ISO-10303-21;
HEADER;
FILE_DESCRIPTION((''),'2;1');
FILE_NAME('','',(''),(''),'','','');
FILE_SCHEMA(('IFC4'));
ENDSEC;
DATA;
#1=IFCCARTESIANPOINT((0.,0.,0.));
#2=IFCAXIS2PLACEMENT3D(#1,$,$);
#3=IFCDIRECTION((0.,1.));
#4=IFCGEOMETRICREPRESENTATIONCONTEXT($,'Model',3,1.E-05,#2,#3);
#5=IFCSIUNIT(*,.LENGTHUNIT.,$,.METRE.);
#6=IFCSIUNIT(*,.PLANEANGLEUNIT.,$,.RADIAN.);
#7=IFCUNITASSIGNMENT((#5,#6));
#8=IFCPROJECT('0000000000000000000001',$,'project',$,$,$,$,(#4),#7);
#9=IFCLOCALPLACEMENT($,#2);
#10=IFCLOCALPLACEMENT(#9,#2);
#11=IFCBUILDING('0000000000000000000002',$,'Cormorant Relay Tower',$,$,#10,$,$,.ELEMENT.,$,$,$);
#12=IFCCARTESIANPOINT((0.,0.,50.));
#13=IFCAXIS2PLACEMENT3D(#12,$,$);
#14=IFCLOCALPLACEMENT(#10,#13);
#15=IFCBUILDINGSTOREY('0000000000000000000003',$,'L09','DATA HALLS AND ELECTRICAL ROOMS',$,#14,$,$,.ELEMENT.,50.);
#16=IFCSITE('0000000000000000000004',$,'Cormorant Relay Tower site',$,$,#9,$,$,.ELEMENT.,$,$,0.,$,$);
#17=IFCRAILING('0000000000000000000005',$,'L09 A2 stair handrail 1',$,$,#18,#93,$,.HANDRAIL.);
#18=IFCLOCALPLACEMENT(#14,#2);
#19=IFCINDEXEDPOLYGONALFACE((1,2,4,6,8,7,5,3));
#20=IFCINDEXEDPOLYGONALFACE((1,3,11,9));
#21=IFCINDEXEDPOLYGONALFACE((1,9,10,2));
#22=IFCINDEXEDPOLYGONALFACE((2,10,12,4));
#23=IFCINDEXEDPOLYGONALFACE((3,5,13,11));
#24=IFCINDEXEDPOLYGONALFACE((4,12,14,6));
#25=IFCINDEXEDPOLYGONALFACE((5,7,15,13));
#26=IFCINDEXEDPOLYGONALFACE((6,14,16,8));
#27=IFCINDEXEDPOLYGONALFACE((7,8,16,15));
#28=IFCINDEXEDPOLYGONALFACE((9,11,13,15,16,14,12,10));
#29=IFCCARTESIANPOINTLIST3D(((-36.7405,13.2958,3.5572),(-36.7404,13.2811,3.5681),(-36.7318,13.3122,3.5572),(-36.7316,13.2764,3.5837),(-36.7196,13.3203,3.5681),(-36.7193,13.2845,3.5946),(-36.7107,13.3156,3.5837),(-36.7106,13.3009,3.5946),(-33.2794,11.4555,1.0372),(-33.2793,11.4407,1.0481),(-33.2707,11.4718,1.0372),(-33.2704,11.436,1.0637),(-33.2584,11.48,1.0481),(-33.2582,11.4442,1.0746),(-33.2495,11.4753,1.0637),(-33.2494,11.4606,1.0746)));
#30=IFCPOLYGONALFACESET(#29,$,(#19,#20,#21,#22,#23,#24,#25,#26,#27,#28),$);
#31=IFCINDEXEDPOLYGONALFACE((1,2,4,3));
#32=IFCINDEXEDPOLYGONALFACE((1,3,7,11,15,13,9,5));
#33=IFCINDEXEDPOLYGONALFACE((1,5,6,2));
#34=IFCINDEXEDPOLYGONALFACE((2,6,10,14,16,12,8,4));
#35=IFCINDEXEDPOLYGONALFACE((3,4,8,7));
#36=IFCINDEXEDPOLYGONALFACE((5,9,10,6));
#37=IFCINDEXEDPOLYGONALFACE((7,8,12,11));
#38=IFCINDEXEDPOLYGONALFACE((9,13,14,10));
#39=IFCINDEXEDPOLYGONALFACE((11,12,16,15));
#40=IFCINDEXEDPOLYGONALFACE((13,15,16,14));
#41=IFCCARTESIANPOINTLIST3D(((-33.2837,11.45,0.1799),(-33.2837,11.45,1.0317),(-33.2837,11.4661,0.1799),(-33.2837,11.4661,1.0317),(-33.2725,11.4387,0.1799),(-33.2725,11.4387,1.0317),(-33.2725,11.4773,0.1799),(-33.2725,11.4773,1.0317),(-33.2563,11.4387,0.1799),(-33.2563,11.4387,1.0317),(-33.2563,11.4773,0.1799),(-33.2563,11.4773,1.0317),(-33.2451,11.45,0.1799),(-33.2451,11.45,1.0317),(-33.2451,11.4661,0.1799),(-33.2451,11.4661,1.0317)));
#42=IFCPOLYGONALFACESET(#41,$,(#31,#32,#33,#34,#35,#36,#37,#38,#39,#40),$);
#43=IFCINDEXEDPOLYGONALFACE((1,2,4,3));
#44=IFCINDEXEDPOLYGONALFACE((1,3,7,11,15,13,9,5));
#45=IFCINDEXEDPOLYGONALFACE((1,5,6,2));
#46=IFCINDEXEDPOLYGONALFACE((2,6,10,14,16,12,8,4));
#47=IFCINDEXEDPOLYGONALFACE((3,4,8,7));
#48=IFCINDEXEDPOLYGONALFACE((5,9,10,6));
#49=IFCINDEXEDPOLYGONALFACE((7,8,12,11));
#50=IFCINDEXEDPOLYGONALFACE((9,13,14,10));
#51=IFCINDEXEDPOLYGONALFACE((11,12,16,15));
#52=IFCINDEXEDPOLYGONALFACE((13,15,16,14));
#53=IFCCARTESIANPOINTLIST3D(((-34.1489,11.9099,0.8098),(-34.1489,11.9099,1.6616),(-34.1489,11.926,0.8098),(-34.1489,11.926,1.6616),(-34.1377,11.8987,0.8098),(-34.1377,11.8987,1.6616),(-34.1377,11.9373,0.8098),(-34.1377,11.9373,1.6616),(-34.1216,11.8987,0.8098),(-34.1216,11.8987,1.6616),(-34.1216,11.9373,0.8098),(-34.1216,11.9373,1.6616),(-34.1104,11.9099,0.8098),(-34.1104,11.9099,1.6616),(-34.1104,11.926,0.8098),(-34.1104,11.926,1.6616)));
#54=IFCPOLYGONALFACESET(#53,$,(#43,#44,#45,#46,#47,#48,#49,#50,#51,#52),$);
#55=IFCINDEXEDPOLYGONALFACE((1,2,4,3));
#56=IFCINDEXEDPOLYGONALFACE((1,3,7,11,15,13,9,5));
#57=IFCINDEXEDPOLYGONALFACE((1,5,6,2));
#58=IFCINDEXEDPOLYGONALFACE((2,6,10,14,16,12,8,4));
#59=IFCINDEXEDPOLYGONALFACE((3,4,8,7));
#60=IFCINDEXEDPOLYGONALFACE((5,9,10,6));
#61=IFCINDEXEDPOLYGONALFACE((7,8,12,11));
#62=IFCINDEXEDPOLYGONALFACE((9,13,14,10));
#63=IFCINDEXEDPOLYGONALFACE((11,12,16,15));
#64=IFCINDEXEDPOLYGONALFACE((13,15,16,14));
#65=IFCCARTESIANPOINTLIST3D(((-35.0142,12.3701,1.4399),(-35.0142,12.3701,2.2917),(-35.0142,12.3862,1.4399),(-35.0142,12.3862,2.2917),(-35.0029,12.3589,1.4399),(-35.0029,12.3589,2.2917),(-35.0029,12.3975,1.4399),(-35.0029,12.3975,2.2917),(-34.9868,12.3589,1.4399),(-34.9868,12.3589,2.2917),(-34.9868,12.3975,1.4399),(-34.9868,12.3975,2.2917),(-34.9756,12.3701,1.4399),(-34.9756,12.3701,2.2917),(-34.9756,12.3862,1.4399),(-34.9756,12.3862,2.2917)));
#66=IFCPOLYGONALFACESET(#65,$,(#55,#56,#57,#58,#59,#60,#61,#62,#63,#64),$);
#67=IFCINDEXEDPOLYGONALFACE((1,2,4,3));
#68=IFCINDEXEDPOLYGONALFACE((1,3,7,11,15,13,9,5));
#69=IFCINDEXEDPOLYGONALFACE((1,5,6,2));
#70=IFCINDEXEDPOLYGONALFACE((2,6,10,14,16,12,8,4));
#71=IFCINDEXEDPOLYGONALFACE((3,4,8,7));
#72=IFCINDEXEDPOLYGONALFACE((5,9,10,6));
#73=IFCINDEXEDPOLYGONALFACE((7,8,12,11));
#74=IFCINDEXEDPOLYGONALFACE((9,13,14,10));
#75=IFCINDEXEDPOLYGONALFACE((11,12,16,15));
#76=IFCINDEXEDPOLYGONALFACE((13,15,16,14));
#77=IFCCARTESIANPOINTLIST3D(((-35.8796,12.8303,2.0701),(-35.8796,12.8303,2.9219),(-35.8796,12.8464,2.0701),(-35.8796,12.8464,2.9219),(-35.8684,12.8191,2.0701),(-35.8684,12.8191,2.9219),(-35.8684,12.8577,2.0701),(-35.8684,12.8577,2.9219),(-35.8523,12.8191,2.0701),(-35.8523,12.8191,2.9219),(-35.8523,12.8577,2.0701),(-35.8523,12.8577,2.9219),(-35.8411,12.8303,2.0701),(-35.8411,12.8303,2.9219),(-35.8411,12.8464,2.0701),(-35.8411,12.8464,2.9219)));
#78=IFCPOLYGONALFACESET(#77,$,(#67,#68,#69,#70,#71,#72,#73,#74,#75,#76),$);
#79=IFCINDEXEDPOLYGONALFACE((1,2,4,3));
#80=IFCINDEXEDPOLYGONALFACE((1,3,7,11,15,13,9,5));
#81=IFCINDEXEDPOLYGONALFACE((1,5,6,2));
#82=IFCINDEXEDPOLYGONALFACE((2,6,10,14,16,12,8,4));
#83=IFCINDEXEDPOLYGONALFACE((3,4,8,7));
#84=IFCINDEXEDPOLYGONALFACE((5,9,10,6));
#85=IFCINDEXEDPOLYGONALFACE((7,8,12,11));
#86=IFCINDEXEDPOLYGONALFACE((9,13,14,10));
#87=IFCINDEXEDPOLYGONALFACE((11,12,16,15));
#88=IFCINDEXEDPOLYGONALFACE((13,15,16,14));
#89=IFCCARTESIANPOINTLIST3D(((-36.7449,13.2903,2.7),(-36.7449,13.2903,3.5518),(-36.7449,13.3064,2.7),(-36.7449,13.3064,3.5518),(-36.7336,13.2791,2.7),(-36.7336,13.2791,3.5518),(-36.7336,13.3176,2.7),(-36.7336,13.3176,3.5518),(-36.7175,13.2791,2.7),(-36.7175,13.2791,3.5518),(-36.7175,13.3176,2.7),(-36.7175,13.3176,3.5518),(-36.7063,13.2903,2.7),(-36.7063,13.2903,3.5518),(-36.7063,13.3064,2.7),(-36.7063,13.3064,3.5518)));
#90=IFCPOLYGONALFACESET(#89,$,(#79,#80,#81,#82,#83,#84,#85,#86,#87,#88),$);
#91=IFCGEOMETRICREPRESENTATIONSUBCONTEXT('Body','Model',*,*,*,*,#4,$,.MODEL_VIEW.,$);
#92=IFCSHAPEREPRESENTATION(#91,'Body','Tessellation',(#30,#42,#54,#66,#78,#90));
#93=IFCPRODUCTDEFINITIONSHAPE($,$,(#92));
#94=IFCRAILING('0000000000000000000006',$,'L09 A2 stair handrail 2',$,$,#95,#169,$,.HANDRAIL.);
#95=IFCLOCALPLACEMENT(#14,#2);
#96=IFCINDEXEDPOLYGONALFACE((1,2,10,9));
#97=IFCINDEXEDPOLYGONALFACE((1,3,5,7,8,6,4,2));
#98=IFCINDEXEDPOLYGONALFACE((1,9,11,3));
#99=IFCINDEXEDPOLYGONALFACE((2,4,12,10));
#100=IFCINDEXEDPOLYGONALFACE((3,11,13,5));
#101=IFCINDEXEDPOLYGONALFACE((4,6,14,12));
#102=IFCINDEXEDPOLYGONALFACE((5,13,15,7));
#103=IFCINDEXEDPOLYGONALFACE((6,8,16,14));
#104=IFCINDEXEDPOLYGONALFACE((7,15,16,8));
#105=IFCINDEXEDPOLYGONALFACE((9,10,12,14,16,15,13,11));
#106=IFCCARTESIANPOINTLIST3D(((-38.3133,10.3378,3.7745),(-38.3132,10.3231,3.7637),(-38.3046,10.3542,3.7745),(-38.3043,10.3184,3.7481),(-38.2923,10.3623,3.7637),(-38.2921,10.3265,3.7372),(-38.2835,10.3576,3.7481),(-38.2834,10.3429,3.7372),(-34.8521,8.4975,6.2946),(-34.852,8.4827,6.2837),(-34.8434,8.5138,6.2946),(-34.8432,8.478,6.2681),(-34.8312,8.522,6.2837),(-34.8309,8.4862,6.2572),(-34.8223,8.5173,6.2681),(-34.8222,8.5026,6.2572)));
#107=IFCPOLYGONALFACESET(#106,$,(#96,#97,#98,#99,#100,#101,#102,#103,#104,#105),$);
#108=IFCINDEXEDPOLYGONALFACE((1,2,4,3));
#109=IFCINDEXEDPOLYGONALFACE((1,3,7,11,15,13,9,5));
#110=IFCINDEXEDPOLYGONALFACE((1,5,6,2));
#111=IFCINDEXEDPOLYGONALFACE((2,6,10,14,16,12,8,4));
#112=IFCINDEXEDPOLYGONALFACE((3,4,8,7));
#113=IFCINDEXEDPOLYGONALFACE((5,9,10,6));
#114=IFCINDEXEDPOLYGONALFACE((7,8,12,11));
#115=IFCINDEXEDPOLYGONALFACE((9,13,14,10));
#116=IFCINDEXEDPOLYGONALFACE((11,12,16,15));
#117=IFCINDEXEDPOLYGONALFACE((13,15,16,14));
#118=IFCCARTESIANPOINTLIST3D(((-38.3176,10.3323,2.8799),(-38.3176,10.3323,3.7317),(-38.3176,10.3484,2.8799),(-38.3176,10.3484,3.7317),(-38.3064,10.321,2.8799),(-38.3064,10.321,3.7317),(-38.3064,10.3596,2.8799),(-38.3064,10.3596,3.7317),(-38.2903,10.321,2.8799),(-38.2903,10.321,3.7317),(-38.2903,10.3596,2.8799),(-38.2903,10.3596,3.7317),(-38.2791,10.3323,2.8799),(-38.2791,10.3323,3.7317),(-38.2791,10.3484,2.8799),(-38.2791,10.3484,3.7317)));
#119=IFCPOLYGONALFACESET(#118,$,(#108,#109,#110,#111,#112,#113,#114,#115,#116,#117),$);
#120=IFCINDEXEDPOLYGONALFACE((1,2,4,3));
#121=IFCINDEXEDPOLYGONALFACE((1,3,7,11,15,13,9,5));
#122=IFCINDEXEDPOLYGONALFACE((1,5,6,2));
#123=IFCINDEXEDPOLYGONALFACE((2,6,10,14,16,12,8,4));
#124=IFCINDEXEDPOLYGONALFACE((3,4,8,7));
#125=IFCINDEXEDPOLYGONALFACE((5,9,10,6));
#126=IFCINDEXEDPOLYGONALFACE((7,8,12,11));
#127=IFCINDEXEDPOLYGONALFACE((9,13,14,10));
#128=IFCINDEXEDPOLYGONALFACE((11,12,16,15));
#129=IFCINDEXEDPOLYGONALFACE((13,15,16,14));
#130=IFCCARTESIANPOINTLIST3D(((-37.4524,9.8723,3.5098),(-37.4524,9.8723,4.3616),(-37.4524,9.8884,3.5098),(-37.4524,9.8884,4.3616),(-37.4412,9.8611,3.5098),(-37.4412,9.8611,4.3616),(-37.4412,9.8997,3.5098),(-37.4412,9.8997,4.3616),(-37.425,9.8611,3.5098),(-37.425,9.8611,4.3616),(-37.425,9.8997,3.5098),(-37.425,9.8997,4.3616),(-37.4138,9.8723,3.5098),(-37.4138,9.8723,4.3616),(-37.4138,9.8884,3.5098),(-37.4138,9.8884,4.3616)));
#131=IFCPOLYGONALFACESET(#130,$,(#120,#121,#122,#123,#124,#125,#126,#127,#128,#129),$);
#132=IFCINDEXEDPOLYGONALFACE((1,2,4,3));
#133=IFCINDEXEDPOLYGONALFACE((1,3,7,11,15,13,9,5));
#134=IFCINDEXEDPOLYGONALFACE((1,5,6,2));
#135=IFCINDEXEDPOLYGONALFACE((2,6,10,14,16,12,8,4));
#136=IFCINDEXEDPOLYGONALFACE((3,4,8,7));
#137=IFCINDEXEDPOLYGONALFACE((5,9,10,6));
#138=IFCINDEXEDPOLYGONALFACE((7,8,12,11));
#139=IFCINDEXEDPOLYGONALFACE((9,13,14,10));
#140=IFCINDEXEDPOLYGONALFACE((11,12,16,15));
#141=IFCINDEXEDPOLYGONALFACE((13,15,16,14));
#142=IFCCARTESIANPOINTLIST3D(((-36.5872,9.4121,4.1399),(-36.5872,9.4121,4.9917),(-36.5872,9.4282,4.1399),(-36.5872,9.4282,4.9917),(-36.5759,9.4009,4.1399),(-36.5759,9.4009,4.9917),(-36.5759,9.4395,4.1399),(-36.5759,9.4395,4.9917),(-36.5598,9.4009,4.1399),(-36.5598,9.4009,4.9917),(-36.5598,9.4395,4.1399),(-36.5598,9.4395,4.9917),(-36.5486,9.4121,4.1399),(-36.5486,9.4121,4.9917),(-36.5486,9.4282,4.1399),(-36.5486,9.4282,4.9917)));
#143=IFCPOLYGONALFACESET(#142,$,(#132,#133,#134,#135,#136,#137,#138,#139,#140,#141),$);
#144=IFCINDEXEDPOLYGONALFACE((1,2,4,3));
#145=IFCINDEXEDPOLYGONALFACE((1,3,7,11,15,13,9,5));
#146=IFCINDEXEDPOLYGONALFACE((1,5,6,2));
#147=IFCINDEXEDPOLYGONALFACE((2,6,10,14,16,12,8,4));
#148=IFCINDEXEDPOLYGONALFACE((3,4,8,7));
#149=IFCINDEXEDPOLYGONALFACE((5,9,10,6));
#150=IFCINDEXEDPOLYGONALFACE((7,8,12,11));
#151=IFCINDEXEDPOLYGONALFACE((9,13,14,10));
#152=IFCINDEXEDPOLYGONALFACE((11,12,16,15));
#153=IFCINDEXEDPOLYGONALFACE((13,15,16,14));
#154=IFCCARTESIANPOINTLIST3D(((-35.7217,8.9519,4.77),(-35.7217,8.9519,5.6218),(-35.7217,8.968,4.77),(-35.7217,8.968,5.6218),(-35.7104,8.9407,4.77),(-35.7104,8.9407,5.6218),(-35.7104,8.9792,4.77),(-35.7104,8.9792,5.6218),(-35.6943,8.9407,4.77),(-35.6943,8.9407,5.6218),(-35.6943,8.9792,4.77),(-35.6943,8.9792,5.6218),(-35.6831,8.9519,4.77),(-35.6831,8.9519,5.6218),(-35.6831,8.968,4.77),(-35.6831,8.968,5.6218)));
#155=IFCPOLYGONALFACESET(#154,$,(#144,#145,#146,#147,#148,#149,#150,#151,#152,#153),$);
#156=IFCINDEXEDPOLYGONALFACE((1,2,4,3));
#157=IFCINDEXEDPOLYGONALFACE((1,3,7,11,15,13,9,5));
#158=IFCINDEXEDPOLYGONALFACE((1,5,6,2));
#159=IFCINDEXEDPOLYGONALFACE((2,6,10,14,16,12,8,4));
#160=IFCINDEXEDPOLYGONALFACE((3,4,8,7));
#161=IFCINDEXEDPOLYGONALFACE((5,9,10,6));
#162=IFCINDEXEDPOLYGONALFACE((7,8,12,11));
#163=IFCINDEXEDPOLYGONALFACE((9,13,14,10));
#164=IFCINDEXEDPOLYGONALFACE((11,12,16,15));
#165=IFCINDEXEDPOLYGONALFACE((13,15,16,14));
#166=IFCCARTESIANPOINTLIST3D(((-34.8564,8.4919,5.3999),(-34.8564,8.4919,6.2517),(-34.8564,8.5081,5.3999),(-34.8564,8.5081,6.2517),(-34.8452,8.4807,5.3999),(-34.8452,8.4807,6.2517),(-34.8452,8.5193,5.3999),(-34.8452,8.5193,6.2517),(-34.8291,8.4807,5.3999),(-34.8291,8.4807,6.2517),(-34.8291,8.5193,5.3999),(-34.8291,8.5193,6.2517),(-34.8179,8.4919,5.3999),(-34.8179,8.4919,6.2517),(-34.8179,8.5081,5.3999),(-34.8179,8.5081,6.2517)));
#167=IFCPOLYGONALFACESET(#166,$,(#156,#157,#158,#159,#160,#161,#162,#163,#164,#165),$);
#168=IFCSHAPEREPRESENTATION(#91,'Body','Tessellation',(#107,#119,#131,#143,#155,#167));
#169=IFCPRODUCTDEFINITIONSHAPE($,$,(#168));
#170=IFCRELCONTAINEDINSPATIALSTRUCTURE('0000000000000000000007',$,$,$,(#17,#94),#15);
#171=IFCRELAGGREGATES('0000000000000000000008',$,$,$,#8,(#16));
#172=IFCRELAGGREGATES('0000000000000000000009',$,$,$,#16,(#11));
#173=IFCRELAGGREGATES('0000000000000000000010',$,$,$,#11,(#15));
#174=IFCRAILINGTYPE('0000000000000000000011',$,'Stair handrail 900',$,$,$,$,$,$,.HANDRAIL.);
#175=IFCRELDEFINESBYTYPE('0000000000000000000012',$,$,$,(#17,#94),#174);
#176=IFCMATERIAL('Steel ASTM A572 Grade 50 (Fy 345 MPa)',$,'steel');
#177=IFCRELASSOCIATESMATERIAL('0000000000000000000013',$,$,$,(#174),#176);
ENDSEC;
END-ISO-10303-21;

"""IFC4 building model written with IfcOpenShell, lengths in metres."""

from ifc_helpers import new_model, si_unit, direction, frame, origin, place, context, subcontext, project, spatial, polyline, outline, extrude, material, type_object, element, save


model = new_model("IFC4")

# Units and contexts
model_context = context("Model", 3, precision=1e-05, world=origin(), true_north=direction((0.0, 1.0)))
body_context = subcontext(model_context, "Body", "Model", "MODEL_VIEW")
ifc_project = project(units=[si_unit("LENGTHUNIT", "METRE"), si_unit("PLANEANGLEUNIT", "RADIAN")], contexts=[model_context])

# Site, building, storey
site_placement = place(None, origin())
site = spatial("IfcSite", under=ifc_project, at=site_placement, Name="Cormorant Relay Tower site", CompositionType="ELEMENT", RefElevation=0.0)
building_placement = place(site_placement, origin())
building = spatial("IfcBuilding", under=site, at=building_placement, Name="Cormorant Relay Tower", CompositionType="ELEMENT")
storey_placement = place(building_placement, frame((0.0, 0.0, 50.0)))
storey = spatial("IfcBuildingStorey", under=building, at=storey_placement, Name="L09", Description="DATA HALLS AND ELECTRICAL ROOMS", CompositionType="ELEMENT", Elevation=50.0)

# Railings
ifc_material_1 = material(Name="Steel ASTM A572 Grade 50 (Fy 345 MPa)", Category="steel")
railing_type_1 = type_object("IfcRailingType", Name="Stair handrail 900", PredefinedType="HANDRAIL", material=ifc_material_1)
railing_1_placement = place(storey_placement, frame((-33.2644, 11.458, 0.1799)))
element("IfcRailing", 1, at=railing_1_placement, inside=storey, type_object=railing_type_1, Name="L09 A2 stair handrail 1", PredefinedType="HANDRAIL", context=body_context, shape_type="SweptSolid", body=[
    extrude(outline(polyline([(0.0222, 0.0093), (0.0093, 0.0222), (-0.0093, 0.0222), (-0.0222, 0.0093), (-0.0222, -0.0093), (-0.0093, -0.0222), (0.0093, -0.0222), (0.0222, -0.0093), (0.0222, 0.0093)])), frame((0.0, 0.0, 0.876), z_axis=(-0.742717, 0.394907, 0.540758), x_axis=(-0.469469, -0.882949, 0.0)), (0.0, 0.0, 1.0), 4.6602),
    extrude(outline(polyline([(0.0193, 0.0081), (0.0081, 0.0193), (-0.0081, 0.0193), (-0.0193, 0.0081), (-0.0193, -0.0081), (-0.0081, -0.0193), (0.0081, -0.0193), (0.0193, -0.0081), (0.0193, 0.0081)])), origin(), (0.0, 0.0, 1.0), 0.8518),
    extrude(outline(polyline([(0.0193, 0.0081), (0.0081, 0.0193), (-0.0081, 0.0193), (-0.0193, 0.0081), (-0.0193, -0.0081), (-0.0081, -0.0193), (0.0081, -0.0193), (0.0193, -0.0081), (0.0193, 0.0081)])), frame((-0.8652, 0.46, 0.6299)), (0.0, 0.0, 1.0), 0.8518),
    extrude(outline(polyline([(0.0193, 0.0081), (0.0081, 0.0193), (-0.0081, 0.0193), (-0.0193, 0.0081), (-0.0193, -0.0081), (-0.0081, -0.0193), (0.0081, -0.0193), (0.0193, -0.0081), (0.0193, 0.0081)])), frame((-1.7305, 0.9202, 1.26)), (0.0, 0.0, 1.0), 0.8518),
    extrude(outline(polyline([(0.0193, 0.0081), (0.0081, 0.0193), (-0.0081, 0.0193), (-0.0193, 0.0081), (-0.0193, -0.0081), (-0.0081, -0.0193), (0.0081, -0.0193), (0.0193, -0.0081), (0.0193, 0.0081)])), frame((-2.5959, 1.3804, 1.8901)), (0.0, 0.0, 1.0), 0.8518),
    extrude(outline(polyline([(0.0193, 0.0081), (0.0081, 0.0193), (-0.0081, 0.0193), (-0.0193, 0.0081), (-0.0193, -0.0081), (-0.0081, -0.0193), (0.0081, -0.0193), (0.0193, -0.0081), (0.0193, 0.0081)])), frame((-3.4612, 1.8403, 2.52)), (0.0, 0.0, 1.0), 0.8518),
])
railing_2_placement = place(storey_placement, frame((-38.2983, 10.3403, 2.8799)))
element("IfcRailing", 2, at=railing_2_placement, inside=storey, type_object=railing_type_1, Name="L09 A2 stair handrail 2", PredefinedType="HANDRAIL", context=body_context, shape_type="SweptSolid", body=[
    extrude(outline(polyline([(0.0222, 0.0093), (0.0093, 0.0222), (-0.0093, 0.0222), (-0.0222, 0.0093), (-0.0222, -0.0093), (-0.0093, -0.0222), (0.0093, -0.0222), (0.0222, -0.0093), (0.0222, 0.0093)])), frame((0.0, 0.0, 0.876), z_axis=(0.742717, -0.394907, 0.540758), x_axis=(0.469469, 0.882949, 0.0)), (0.0, 0.0, 1.0), 4.6602),
    extrude(outline(polyline([(0.0193, 0.0081), (0.0081, 0.0193), (-0.0081, 0.0193), (-0.0193, 0.0081), (-0.0193, -0.0081), (-0.0081, -0.0193), (0.0081, -0.0193), (0.0193, -0.0081), (0.0193, 0.0081)])), origin(), (0.0, 0.0, 1.0), 0.8518),
    extrude(outline(polyline([(0.0193, 0.0081), (0.0081, 0.0193), (-0.0081, 0.0193), (-0.0193, 0.0081), (-0.0193, -0.0081), (-0.0081, -0.0193), (0.0081, -0.0193), (0.0193, -0.0081), (0.0193, 0.0081)])), frame((0.8652, -0.46, 0.6299)), (0.0, 0.0, 1.0), 0.8518),
    extrude(outline(polyline([(0.0193, 0.0081), (0.0081, 0.0193), (-0.0081, 0.0193), (-0.0193, 0.0081), (-0.0193, -0.0081), (-0.0081, -0.0193), (0.0081, -0.0193), (0.0193, -0.0081), (0.0193, 0.0081)])), frame((1.7305, -0.9202, 1.26)), (0.0, 0.0, 1.0), 0.8518),
    extrude(outline(polyline([(0.0193, 0.0081), (0.0081, 0.0193), (-0.0081, 0.0193), (-0.0193, 0.0081), (-0.0193, -0.0081), (-0.0081, -0.0193), (0.0081, -0.0193), (0.0193, -0.0081), (0.0193, 0.0081)])), frame((2.5959, -1.3804, 1.8901)), (0.0, 0.0, 1.0), 0.8518),
    extrude(outline(polyline([(0.0193, 0.0081), (0.0081, 0.0193), (-0.0081, 0.0193), (-0.0193, 0.0081), (-0.0193, -0.0081), (-0.0081, -0.0193), (0.0081, -0.0193), (0.0193, -0.0081), (0.0193, 0.0081)])), frame((3.4612, -1.8403, 2.52)), (0.0, 0.0, 1.0), 0.8518),
])

save(model, "model.ifc")
